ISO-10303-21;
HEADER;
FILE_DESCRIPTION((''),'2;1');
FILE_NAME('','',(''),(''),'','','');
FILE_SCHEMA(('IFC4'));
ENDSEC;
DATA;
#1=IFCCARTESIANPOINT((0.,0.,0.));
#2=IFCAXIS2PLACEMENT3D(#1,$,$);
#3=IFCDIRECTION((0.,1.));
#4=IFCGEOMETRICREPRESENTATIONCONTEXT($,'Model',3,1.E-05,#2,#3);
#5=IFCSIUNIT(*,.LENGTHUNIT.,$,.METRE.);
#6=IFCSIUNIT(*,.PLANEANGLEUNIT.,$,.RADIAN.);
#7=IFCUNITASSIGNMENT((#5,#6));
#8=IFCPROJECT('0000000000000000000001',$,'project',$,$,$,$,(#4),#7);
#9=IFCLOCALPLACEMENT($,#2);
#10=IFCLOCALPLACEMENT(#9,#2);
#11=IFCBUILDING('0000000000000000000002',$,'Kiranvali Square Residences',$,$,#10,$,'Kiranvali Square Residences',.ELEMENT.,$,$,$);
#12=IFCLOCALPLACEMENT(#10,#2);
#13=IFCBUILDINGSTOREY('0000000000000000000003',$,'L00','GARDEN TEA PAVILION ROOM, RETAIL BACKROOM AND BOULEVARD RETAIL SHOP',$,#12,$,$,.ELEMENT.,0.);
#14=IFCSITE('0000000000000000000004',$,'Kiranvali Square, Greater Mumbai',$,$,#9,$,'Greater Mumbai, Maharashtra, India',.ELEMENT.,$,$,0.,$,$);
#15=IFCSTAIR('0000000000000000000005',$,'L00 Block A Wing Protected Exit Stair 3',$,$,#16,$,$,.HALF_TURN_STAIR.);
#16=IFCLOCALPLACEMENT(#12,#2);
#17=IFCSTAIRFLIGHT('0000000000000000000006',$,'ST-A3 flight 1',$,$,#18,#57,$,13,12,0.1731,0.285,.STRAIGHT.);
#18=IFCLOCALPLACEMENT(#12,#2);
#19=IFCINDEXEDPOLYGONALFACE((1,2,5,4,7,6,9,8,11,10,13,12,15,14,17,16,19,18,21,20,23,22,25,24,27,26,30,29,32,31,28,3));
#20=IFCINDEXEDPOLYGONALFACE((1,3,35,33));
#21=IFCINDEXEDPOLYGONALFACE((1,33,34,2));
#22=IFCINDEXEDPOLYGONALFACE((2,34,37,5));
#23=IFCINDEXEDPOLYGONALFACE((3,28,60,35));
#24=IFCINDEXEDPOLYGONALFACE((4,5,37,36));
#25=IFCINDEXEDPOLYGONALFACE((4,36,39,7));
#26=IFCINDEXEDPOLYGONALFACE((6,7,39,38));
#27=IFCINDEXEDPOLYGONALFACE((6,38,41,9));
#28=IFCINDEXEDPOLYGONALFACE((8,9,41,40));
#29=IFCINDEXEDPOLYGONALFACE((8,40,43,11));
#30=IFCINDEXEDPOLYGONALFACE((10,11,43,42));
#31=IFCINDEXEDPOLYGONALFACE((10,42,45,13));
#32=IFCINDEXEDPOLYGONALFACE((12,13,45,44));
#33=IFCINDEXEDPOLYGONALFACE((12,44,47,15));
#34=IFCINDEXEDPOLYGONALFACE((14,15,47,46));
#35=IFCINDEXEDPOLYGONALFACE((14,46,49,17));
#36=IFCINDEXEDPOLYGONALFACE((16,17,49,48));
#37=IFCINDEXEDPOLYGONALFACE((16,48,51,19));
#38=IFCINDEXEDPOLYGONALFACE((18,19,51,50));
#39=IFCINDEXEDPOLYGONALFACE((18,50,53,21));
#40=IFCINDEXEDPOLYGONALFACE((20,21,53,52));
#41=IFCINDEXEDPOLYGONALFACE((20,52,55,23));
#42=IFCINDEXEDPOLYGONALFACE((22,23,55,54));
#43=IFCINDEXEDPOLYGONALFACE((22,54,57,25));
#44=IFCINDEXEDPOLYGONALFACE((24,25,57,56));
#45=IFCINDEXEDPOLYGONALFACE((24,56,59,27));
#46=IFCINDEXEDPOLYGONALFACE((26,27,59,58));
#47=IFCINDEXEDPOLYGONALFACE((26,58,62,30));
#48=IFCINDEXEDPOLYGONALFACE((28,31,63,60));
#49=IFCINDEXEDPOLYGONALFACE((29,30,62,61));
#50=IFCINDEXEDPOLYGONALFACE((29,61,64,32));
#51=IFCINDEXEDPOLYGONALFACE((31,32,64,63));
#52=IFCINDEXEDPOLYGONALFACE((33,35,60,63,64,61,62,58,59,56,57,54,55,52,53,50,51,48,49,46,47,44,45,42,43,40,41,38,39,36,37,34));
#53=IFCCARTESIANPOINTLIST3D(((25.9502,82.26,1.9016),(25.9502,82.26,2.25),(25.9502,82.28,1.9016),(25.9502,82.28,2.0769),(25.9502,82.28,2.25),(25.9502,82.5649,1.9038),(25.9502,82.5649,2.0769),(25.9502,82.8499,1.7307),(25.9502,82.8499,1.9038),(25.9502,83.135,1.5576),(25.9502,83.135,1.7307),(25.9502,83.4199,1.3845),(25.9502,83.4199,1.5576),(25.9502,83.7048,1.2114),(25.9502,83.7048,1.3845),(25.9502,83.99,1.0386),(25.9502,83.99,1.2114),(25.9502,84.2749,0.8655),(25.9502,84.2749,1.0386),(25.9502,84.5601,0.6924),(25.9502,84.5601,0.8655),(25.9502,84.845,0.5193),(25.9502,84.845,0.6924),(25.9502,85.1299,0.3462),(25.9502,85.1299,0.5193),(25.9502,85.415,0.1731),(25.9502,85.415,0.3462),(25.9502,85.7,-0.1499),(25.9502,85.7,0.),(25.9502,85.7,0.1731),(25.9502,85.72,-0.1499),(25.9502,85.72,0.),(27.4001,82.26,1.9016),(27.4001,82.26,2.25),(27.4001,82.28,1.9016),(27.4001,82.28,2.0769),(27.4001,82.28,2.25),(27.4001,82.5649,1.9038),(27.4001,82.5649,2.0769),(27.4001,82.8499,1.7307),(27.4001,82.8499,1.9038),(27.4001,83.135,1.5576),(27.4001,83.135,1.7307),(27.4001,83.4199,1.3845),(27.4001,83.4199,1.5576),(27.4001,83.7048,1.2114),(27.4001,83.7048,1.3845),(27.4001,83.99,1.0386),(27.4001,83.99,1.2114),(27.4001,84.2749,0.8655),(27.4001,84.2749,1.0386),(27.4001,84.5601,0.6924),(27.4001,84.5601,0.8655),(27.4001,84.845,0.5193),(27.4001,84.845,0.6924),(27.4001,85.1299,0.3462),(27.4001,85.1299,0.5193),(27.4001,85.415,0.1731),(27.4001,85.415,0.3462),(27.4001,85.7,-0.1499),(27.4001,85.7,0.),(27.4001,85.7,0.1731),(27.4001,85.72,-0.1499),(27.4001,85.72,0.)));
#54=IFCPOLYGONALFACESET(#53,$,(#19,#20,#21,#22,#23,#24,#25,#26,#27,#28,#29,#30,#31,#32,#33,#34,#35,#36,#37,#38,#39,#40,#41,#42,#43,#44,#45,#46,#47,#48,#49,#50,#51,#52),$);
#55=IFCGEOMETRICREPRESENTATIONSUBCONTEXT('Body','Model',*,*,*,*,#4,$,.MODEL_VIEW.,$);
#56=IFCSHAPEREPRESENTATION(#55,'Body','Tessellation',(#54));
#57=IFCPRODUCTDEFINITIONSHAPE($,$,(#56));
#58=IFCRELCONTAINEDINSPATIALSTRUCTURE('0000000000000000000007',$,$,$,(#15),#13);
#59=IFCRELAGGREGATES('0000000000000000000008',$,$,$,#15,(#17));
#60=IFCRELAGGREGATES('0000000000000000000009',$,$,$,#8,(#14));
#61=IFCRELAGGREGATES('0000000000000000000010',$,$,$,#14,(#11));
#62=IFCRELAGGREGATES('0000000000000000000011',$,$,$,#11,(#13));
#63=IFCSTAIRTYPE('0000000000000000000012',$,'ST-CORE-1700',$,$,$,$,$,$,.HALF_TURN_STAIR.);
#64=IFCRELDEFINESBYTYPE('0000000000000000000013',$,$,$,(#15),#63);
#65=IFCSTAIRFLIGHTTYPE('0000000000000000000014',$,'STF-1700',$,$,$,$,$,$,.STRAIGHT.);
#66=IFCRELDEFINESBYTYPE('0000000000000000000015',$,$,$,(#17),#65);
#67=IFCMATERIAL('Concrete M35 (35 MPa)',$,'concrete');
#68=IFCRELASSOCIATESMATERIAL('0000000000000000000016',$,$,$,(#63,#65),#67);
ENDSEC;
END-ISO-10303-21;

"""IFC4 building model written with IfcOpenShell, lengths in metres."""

from ifc_helpers import new_model, si_unit, direction, frame, origin, place, context, subcontext, project, spatial, polyline, outline, extrude, material, type_object, element, aggregate, save


model = new_model("IFC4")

# Units and contexts
model_context = context("Model", 3, precision=1e-05, world=origin(), true_north=direction((0.0, 1.0)))
body_context = subcontext(model_context, "Body", "Model", "MODEL_VIEW")
ifc_project = project(units=[si_unit("LENGTHUNIT", "METRE"), si_unit("PLANEANGLEUNIT", "RADIAN")], contexts=[model_context])

# Site, building, storey
site_placement = place(None, origin())
site = spatial("IfcSite", under=ifc_project, at=site_placement, Name="Kiranvali Square, Greater Mumbai", LongName="Greater Mumbai, Maharashtra, India", CompositionType="ELEMENT", RefElevation=0.0)
building_placement = place(site_placement, origin())
building = spatial("IfcBuilding", under=site, at=building_placement, Name="Kiranvali Square Residences", LongName="Kiranvali Square Residences", CompositionType="ELEMENT")
storey_placement = place(building_placement, origin())
storey = spatial("IfcBuildingStorey", under=building, at=storey_placement, Name="L00", Description="GARDEN TEA PAVILION ROOM, RETAIL BACKROOM AND BOULEVARD RETAIL SHOP", CompositionType="ELEMENT", Elevation=0.0)

# Stair, stair flight
ifc_material_1 = material(Name="Concrete M35 (35 MPa)", Category="concrete")
stair_type = type_object("IfcStairType", Name="ST-CORE-1700", PredefinedType="HALF_TURN_STAIR", material=ifc_material_1)
stair_placement = place(storey_placement, origin())
stair = element("IfcStair", 1, at=stair_placement, inside=storey, type_object=stair_type, Name="L00 Block A Wing Protected Exit Stair 3", PredefinedType="HALF_TURN_STAIR")
stair_flight_type = type_object("IfcStairFlightType", Name="STF-1700", PredefinedType="STRAIGHT", material=ifc_material_1)
stair_flight_placement = place(storey_placement, frame((26.675, 85.7, 0.0), z_axis=(0.0, 0.0, 1.0), x_axis=(0.0, -1.0, 0.0)))
stair_flight = element("IfcStairFlight", 2, at=stair_flight_placement, type_object=stair_flight_type, Name="ST-A3 flight 1", NumberOfRisers=13, NumberOfTreads=12, PredefinedType="STRAIGHT", RiserHeight=0.1731, TreadLength=0.285, context=body_context, shape_type="SweptSolid", body=[
    extrude(outline(polyline([(-0.02, -0.1499), (-0.02, 0.0), (0.0, 0.0), (0.0, 0.1731), (0.2849, 0.1731), (0.2849, 0.3462), (0.5701, 0.3462), (0.5701, 0.5193), (0.855, 0.5193), (0.855, 0.6924), (1.1399, 0.6924), (1.1399, 0.8655), (1.425, 0.8655), (1.425, 1.0386), (1.71, 1.0386), (1.71, 1.2114), (1.9951, 1.2114), (1.9951, 1.3845), (2.28, 1.3845), (2.28, 1.5576), (2.5649, 1.5576), (2.5649, 1.7307), (2.8501, 1.7307), (2.8501, 1.9038), (3.135, 1.9038), (3.135, 2.0769), (3.4199, 2.0769), (3.4199, 2.25), (3.4399, 2.25), (3.4399, 1.9016), (3.4199, 1.9016), (0.0, -0.1499), (-0.02, -0.1499)])), frame((0.0, 0.7251, 0.0), z_axis=(0.0, -1.0, 0.0), x_axis=(1.0, 0.0, 0.0)), (0.0, 0.0, 1.0), 1.45),
])
aggregate(stair, [stair_flight])

save(model, "model.ifc")
